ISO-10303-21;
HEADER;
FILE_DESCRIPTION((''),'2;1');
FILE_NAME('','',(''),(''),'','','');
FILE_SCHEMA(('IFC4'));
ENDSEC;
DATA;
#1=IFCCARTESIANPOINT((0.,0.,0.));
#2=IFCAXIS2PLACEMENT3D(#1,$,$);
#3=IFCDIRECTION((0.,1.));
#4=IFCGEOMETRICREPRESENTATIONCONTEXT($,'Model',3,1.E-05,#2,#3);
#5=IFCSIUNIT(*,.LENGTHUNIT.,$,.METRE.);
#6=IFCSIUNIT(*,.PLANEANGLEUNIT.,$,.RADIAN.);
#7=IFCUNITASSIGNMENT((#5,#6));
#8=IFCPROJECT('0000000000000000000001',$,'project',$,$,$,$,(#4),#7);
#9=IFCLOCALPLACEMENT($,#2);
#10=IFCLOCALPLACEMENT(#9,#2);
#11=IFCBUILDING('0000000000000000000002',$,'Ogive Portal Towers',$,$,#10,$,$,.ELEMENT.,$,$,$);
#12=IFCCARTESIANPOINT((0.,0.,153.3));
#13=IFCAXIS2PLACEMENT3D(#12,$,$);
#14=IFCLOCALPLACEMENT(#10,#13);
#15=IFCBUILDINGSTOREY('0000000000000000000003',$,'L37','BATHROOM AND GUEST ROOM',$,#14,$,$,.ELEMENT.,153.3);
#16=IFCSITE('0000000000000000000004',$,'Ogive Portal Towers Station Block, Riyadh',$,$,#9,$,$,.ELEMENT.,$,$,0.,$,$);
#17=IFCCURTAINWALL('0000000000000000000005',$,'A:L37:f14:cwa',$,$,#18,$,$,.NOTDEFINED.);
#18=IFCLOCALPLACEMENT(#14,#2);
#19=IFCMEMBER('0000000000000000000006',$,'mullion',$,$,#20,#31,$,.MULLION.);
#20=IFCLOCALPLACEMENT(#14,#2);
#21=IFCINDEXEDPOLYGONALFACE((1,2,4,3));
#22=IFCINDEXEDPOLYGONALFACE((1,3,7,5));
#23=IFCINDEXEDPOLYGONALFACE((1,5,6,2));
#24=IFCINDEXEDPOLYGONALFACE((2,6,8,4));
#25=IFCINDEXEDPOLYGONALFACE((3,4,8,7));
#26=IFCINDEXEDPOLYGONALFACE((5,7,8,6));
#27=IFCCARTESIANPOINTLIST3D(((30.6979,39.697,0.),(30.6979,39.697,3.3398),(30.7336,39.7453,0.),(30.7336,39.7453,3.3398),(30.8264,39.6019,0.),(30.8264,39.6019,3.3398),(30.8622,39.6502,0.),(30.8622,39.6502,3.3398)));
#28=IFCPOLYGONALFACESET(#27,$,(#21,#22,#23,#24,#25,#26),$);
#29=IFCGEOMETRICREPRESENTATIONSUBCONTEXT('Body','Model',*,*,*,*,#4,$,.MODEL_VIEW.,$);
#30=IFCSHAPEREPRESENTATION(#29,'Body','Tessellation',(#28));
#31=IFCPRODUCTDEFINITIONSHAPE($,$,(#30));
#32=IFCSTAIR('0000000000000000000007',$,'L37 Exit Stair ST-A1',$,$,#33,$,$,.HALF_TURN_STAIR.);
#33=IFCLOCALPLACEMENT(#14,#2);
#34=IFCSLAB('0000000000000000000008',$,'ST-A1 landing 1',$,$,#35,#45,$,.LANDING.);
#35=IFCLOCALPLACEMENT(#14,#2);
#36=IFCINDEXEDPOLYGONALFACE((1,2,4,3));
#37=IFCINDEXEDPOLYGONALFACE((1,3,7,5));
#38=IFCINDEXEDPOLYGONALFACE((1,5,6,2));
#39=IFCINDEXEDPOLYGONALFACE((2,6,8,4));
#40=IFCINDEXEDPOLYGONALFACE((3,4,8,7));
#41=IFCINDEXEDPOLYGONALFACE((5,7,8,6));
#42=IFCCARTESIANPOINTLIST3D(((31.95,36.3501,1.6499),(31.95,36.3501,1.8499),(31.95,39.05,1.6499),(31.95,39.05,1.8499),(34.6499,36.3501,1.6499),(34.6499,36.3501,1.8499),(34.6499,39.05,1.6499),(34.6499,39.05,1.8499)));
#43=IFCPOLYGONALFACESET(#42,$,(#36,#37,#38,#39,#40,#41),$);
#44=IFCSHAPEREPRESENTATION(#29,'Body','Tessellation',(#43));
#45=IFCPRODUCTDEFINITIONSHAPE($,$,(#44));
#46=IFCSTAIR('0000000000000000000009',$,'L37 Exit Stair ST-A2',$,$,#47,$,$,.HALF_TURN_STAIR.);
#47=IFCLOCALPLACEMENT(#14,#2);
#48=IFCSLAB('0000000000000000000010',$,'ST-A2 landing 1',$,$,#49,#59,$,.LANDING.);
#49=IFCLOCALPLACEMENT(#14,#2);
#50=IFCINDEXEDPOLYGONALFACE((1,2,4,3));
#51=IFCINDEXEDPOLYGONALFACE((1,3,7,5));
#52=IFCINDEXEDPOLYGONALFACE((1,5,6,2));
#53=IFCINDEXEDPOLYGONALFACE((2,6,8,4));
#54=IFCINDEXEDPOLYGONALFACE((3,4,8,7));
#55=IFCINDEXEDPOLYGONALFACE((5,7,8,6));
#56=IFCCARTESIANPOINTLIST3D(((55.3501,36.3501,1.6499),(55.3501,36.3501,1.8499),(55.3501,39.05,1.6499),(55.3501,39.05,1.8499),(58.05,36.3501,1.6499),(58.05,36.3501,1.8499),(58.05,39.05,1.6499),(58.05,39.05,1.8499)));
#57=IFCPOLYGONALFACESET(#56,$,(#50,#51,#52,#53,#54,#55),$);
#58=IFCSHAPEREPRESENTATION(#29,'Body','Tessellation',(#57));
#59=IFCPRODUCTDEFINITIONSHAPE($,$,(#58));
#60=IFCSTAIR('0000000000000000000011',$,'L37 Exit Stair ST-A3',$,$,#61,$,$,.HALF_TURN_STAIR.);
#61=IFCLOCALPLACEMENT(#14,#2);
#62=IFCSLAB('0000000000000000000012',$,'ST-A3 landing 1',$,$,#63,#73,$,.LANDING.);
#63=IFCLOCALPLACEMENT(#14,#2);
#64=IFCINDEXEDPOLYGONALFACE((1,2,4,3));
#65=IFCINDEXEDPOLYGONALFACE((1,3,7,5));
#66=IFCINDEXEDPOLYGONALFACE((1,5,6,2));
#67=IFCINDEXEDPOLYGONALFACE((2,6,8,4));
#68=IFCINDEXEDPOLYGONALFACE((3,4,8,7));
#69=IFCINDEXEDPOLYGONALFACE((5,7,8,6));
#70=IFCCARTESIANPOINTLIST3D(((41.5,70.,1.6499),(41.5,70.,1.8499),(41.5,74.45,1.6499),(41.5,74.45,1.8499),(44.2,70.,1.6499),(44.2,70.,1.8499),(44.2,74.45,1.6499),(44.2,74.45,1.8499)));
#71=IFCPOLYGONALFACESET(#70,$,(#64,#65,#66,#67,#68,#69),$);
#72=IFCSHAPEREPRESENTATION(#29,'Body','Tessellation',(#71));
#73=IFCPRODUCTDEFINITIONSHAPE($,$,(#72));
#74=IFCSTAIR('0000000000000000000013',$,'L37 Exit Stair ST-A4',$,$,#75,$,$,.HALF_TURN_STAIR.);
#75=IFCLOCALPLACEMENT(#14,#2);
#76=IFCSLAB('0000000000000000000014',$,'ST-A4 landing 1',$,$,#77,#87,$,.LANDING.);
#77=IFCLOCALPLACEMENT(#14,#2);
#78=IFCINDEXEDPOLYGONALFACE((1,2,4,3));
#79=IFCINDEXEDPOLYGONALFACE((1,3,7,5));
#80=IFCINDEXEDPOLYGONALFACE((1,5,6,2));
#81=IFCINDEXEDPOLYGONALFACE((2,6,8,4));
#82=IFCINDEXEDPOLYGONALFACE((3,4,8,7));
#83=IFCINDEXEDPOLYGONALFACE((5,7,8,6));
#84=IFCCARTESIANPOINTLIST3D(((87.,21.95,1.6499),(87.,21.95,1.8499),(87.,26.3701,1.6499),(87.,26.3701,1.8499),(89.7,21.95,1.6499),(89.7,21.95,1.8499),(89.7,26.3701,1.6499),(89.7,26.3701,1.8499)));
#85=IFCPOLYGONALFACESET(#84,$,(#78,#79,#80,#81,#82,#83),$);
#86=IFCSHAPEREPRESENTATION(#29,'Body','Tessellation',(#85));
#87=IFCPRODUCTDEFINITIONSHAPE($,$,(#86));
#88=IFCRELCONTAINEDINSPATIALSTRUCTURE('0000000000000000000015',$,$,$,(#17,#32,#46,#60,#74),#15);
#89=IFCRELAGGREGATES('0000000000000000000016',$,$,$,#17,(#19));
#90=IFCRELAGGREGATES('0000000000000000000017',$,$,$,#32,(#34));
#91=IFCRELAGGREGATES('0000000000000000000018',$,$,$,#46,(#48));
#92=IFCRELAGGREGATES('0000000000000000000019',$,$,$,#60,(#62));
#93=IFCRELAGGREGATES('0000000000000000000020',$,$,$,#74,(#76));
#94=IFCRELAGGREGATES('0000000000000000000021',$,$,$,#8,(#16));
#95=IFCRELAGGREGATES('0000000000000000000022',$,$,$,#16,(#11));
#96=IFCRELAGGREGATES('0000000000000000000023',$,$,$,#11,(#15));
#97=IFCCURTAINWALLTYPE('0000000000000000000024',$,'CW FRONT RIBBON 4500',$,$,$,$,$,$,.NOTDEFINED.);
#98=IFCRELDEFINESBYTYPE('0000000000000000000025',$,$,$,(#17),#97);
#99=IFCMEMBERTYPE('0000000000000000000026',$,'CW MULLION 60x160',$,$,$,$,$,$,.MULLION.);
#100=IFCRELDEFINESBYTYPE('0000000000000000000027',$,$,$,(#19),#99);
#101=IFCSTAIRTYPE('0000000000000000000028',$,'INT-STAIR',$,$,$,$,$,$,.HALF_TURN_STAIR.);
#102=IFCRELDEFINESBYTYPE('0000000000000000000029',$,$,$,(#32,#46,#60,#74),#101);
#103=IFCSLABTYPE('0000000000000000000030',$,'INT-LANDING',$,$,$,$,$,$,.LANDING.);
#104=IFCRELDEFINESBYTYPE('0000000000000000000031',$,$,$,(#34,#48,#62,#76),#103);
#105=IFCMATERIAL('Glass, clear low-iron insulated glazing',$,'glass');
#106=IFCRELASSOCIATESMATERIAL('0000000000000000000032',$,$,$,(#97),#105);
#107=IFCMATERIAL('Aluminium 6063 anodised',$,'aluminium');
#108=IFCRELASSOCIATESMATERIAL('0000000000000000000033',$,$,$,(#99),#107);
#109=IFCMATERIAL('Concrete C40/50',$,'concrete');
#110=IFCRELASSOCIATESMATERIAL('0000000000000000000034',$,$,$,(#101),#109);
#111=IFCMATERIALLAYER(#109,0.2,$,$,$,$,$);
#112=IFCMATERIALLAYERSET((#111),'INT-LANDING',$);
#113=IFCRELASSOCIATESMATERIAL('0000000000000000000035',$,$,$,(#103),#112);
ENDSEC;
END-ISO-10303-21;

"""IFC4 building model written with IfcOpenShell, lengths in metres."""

from ifc_helpers import new_model, si_unit, direction, frame, origin, origin_2d, place, context, subcontext, project, spatial, polyline, rectangle, outline, extrude, material, layer, layer_set, material_profile, profile_set, type_object, element, aggregate, save


model = new_model("IFC4")

# Units and contexts
model_context = context("Model", 3, precision=1e-05, world=origin(), true_north=direction((0.0, 1.0)))
body_context = subcontext(model_context, "Body", "Model", "MODEL_VIEW")
ifc_project = project(units=[si_unit("LENGTHUNIT", "METRE"), si_unit("PLANEANGLEUNIT", "RADIAN")], contexts=[model_context])

# Site, building, storey
site_placement = place(None, origin())
site = spatial("IfcSite", under=ifc_project, at=site_placement, Name="Ogive Portal Towers Station Block, Riyadh", CompositionType="ELEMENT", RefElevation=0.0)
building_placement = place(site_placement, origin())
building = spatial("IfcBuilding", under=site, at=building_placement, Name="Ogive Portal Towers", CompositionType="ELEMENT")
storey_placement = place(building_placement, frame((0.0, 0.0, 153.3)))
storey = spatial("IfcBuildingStorey", under=building, at=storey_placement, Name="L37", Description="BATHROOM AND GUEST ROOM", CompositionType="ELEMENT", Elevation=153.3)

# Curtain wall, member
ifc_material_1 = material(Name="Glass, clear low-iron insulated glazing", Category="glass")
curtain_wall_type = type_object("IfcCurtainWallType", Name="CW FRONT RIBBON 4500", PredefinedType="NOTDEFINED", material=ifc_material_1)
curtain_wall_placement = place(storey_placement, origin())
curtain_wall = element("IfcCurtainWall", 1, at=curtain_wall_placement, inside=storey, type_object=curtain_wall_type, Name="A:L37:f14:cwa", PredefinedType="NOTDEFINED")
ifc_material_2 = material(Name="Aluminium 6063 anodised", Category="aluminium")
ifc_material_profile = material_profile(ifc_material_2, rectangle(XDim=0.1599, YDim=0.0601, at=origin_2d()), Name="AL 60x160")
ifc_profile_set = profile_set([ifc_material_profile], Name="Aluminium 6063 anodised")
member_type = type_object("IfcMemberType", Name="CW MULLION 60x160", PredefinedType="MULLION", material=ifc_profile_set)
member_placement = place(storey_placement, frame((30.78, 39.6736, 0.0), z_axis=(0.0, 0.0, 1.0), x_axis=(0.803867, -0.594809, 0.0)))
member = element("IfcMember", 2, at=member_placement, type_object=member_type, Name="mullion", PredefinedType="MULLION", context=body_context, shape_type="SweptSolid", body=[
    extrude(rectangle(XDim=0.1599, YDim=0.0601, at=origin_2d()), origin(), (0.0, 0.0, 1.0), 3.3398),
])
aggregate(curtain_wall, [member])

# Stairs, slabs
ifc_material_3 = material(Name="Concrete C40/50", Category="concrete")
stair_type = type_object("IfcStairType", Name="INT-STAIR", PredefinedType="HALF_TURN_STAIR", material=ifc_material_3)
stair_1_placement = place(storey_placement, origin())
stair_1 = element("IfcStair", 3, at=stair_1_placement, inside=storey, type_object=stair_type, Name="L37 Exit Stair ST-A1", PredefinedType="HALF_TURN_STAIR")
ifc_layer_1 = layer(ifc_material_3, 0.2)
ifc_layer_set_1 = layer_set([ifc_layer_1], Name="INT-LANDING")
slab_type_1 = type_object("IfcSlabType", Name="INT-LANDING", PredefinedType="LANDING", material=ifc_layer_set_1)
slab_1_placement = place(storey_placement, frame((0.0, 0.0, 1.6499)))
slab_1 = element("IfcSlab", 4, at=slab_1_placement, type_object=slab_type_1, Name="ST-A1 landing 1", PredefinedType="LANDING", context=body_context, shape_type="SweptSolid", body=[
    extrude(outline(polyline([(34.6499, 39.05), (31.95, 39.05), (31.95, 36.3501), (34.6499, 36.3501), (34.6499, 39.05)])), origin(), (0.0, 0.0, 1.0), 0.2),
])
aggregate(stair_1, [slab_1])
stair_2_placement = place(storey_placement, origin())
stair_2 = element("IfcStair", 5, at=stair_2_placement, inside=storey, type_object=stair_type, Name="L37 Exit Stair ST-A2", PredefinedType="HALF_TURN_STAIR")
slab_2_placement = place(storey_placement, frame((0.0, 0.0, 1.6499)))
slab_2 = element("IfcSlab", 6, at=slab_2_placement, type_object=slab_type_1, Name="ST-A2 landing 1", PredefinedType="LANDING", context=body_context, shape_type="SweptSolid", body=[
    extrude(outline(polyline([(55.3501, 36.3501), (58.05, 36.3501), (58.05, 39.05), (55.3501, 39.05), (55.3501, 36.3501)])), origin(), (0.0, 0.0, 1.0), 0.2),
])
aggregate(stair_2, [slab_2])
stair_3_placement = place(storey_placement, origin())
stair_3 = element("IfcStair", 7, at=stair_3_placement, inside=storey, type_object=stair_type, Name="L37 Exit Stair ST-A3", PredefinedType="HALF_TURN_STAIR")
slab_3_placement = place(storey_placement, frame((0.0, 0.0, 1.6499)))
slab_3 = element("IfcSlab", 8, at=slab_3_placement, type_object=slab_type_1, Name="ST-A3 landing 1", PredefinedType="LANDING", context=body_context, shape_type="SweptSolid", body=[
    extrude(outline(polyline([(44.2, 70.0), (44.2, 74.45), (41.5, 74.45), (41.5, 70.0), (44.2, 70.0)])), origin(), (0.0, 0.0, 1.0), 0.2),
])
aggregate(stair_3, [slab_3])
stair_4_placement = place(storey_placement, origin())
stair_4 = element("IfcStair", 9, at=stair_4_placement, inside=storey, type_object=stair_type, Name="L37 Exit Stair ST-A4", PredefinedType="HALF_TURN_STAIR")
slab_4_placement = place(storey_placement, frame((0.0, 0.0, 1.6499)))
slab_4 = element("IfcSlab", 10, at=slab_4_placement, type_object=slab_type_1, Name="ST-A4 landing 1", PredefinedType="LANDING", context=body_context, shape_type="SweptSolid", body=[
    extrude(outline(polyline([(87.0, 26.3701), (87.0, 21.95), (89.7, 21.95), (89.7, 26.3701), (87.0, 26.3701)])), origin(), (0.0, 0.0, 1.0), 0.2),
])
aggregate(stair_4, [slab_4])

save(model, "model.ifc")
